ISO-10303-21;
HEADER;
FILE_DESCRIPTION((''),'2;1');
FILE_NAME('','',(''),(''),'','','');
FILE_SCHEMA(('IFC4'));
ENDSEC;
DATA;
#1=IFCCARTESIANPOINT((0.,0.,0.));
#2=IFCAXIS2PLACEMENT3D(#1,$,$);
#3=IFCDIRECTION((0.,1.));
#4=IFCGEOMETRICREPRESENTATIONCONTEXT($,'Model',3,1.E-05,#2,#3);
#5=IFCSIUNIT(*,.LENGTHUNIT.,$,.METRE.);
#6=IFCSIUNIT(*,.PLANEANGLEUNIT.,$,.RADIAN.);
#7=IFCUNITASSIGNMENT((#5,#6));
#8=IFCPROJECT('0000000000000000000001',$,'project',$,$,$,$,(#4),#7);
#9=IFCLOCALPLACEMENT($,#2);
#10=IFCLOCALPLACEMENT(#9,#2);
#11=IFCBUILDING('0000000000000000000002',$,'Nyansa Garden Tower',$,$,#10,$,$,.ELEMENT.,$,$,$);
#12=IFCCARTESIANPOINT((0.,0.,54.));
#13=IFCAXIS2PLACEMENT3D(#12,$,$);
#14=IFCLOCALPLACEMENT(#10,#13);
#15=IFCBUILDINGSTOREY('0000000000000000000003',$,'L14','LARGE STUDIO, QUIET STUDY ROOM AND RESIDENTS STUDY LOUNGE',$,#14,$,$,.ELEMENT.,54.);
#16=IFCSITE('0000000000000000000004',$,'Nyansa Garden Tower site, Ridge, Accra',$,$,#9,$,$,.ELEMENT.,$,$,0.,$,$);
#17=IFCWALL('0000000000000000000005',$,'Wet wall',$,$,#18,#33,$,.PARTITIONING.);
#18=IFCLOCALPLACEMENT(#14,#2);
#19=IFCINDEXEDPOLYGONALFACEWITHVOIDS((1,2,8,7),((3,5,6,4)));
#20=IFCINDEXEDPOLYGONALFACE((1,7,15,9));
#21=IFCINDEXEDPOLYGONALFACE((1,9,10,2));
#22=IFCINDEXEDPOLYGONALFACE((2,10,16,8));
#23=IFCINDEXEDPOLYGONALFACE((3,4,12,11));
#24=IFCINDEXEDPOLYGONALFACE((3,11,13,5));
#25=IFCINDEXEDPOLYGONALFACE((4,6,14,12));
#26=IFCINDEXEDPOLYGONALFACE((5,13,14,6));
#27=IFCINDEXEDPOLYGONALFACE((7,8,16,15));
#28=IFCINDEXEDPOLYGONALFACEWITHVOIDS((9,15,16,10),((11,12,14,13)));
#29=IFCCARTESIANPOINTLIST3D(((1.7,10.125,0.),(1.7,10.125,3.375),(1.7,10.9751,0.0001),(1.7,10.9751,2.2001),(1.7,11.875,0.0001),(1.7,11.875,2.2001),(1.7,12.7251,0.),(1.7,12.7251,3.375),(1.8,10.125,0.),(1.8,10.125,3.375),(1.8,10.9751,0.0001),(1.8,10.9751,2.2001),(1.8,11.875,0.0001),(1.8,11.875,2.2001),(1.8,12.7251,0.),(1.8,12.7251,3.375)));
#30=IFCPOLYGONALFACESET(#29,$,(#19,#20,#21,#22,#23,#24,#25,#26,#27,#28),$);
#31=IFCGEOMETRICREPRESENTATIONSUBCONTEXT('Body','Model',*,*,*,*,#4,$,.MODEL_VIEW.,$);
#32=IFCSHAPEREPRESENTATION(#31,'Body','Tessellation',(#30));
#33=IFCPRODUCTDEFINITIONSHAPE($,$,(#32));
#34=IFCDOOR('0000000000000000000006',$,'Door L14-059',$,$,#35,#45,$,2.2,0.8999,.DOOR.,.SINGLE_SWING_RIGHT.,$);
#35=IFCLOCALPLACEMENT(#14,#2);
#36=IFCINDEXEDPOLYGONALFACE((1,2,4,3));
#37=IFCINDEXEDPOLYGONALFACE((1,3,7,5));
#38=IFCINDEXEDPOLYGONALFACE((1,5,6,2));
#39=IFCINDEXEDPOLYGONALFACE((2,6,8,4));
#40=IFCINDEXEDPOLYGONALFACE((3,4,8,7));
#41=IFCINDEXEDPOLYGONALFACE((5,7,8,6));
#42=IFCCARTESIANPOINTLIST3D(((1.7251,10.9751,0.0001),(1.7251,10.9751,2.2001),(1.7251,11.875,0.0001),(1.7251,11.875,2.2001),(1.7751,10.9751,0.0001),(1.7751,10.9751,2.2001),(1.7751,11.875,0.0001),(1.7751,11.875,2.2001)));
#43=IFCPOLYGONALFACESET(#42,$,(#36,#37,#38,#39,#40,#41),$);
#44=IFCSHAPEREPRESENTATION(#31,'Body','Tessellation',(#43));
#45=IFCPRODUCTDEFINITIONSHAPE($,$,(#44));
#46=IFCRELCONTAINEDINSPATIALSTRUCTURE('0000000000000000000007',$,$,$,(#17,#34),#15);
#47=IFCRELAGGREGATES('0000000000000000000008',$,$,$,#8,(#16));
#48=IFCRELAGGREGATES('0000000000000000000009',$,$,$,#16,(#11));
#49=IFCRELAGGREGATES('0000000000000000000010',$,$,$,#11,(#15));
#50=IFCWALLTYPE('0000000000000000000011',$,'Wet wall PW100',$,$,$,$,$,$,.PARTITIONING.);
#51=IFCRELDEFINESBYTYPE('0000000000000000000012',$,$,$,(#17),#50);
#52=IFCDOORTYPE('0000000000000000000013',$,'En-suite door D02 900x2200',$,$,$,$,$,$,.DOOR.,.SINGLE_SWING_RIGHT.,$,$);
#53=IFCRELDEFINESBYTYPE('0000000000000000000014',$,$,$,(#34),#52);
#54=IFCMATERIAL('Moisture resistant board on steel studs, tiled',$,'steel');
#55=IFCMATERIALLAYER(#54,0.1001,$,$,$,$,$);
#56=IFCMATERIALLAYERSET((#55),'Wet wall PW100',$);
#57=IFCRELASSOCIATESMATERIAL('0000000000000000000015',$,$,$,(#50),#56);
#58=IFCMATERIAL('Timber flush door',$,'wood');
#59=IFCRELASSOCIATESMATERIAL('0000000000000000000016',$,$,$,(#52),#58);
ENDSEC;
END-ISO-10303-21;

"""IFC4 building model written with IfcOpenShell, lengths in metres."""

from ifc_helpers import new_model, si_unit, direction, frame, frame_2d, origin, place, context, subcontext, project, spatial, rectangle, extrude, material, layer, layer_set, type_object, element, fill, save


model = new_model("IFC4")

# Units and contexts
model_context = context("Model", 3, precision=1e-05, world=origin(), true_north=direction((0.0, 1.0)))
body_context = subcontext(model_context, "Body", "Model", "MODEL_VIEW")
ifc_project = project(units=[si_unit("LENGTHUNIT", "METRE"), si_unit("PLANEANGLEUNIT", "RADIAN")], contexts=[model_context])

# Site, building, storey
site_placement = place(None, origin())
site = spatial("IfcSite", under=ifc_project, at=site_placement, Name="Nyansa Garden Tower site, Ridge, Accra", CompositionType="ELEMENT", RefElevation=0.0)
building_placement = place(site_placement, origin())
building = spatial("IfcBuilding", under=site, at=building_placement, Name="Nyansa Garden Tower", CompositionType="ELEMENT")
storey_placement = place(building_placement, frame((0.0, 0.0, 54.0)))
storey = spatial("IfcBuildingStorey", under=building, at=storey_placement, Name="L14", Description="LARGE STUDIO, QUIET STUDY ROOM AND RESIDENTS STUDY LOUNGE", CompositionType="ELEMENT", Elevation=54.0)

# Wall, opening, door
ifc_material_1 = material(Name="Moisture resistant board on steel studs, tiled", Category="steel")
ifc_layer_1 = layer(ifc_material_1, 0.1001)
ifc_layer_set_1 = layer_set([ifc_layer_1], Name="Wet wall PW100")
wall_type_1 = type_object("IfcWallType", Name="Wet wall PW100", PredefinedType="PARTITIONING", material=ifc_layer_set_1)
wall_1_placement = place(storey_placement, frame((1.75, 10.125, 0.0), z_axis=(0.0, 0.0, 1.0), x_axis=(0.0, 1.0, 0.0)))
wall_1 = element("IfcWall", 1, at=wall_1_placement, inside=storey, type_object=wall_type_1, Name="Wet wall", PredefinedType="PARTITIONING", context=body_context, shape_type="SweptSolid", body=[
    extrude(rectangle(XDim=2.6001, YDim=0.1001, at=frame_2d((1.3, 0.0))), origin(), (0.0, 0.0, 1.0), 3.375),
])
opening_1_placement = place(wall_1_placement, frame((0.8501, 0.0, 0.0)))
opening_1 = element("IfcOpeningElement", 2, at=opening_1_placement, cuts=wall_1, PredefinedType="OPENING", context=body_context, shape_type="SweptSolid", body=[
    extrude(rectangle(XDim=0.8999, YDim=2.2, at=frame_2d((0.45, 1.1001))), frame((0.0, 0.0601, 0.0), z_axis=(0.0, -1.0, 0.0), x_axis=(1.0, 0.0, 0.0)), (0.0, 0.0, 1.0), 0.1201),
])
ifc_material_2 = material(Name="Timber flush door", Category="wood")
door_type_1 = type_object("IfcDoorType", Name="En-suite door D02 900x2200", OperationType="SINGLE_SWING_RIGHT", PredefinedType="DOOR", material=ifc_material_2)
door_1_placement = place(opening_1_placement, origin())
door_1 = element("IfcDoor", 3, at=door_1_placement, inside=storey, type_object=door_type_1, Name="Door L14-059", OperationType="SINGLE_SWING_RIGHT", OverallHeight=2.2, OverallWidth=0.8999, PredefinedType="DOOR", context=body_context, shape_type="SweptSolid", body=[
    extrude(rectangle(XDim=0.8999, YDim=2.2, at=frame_2d((0.45, 1.1001))), frame((0.0, 0.0249, 0.0), z_axis=(0.0, -1.0, 0.0), x_axis=(1.0, 0.0, 0.0)), (0.0, 0.0, 1.0), 0.05),
])
fill(opening_1, door_1)

save(model, "model.ifc")
